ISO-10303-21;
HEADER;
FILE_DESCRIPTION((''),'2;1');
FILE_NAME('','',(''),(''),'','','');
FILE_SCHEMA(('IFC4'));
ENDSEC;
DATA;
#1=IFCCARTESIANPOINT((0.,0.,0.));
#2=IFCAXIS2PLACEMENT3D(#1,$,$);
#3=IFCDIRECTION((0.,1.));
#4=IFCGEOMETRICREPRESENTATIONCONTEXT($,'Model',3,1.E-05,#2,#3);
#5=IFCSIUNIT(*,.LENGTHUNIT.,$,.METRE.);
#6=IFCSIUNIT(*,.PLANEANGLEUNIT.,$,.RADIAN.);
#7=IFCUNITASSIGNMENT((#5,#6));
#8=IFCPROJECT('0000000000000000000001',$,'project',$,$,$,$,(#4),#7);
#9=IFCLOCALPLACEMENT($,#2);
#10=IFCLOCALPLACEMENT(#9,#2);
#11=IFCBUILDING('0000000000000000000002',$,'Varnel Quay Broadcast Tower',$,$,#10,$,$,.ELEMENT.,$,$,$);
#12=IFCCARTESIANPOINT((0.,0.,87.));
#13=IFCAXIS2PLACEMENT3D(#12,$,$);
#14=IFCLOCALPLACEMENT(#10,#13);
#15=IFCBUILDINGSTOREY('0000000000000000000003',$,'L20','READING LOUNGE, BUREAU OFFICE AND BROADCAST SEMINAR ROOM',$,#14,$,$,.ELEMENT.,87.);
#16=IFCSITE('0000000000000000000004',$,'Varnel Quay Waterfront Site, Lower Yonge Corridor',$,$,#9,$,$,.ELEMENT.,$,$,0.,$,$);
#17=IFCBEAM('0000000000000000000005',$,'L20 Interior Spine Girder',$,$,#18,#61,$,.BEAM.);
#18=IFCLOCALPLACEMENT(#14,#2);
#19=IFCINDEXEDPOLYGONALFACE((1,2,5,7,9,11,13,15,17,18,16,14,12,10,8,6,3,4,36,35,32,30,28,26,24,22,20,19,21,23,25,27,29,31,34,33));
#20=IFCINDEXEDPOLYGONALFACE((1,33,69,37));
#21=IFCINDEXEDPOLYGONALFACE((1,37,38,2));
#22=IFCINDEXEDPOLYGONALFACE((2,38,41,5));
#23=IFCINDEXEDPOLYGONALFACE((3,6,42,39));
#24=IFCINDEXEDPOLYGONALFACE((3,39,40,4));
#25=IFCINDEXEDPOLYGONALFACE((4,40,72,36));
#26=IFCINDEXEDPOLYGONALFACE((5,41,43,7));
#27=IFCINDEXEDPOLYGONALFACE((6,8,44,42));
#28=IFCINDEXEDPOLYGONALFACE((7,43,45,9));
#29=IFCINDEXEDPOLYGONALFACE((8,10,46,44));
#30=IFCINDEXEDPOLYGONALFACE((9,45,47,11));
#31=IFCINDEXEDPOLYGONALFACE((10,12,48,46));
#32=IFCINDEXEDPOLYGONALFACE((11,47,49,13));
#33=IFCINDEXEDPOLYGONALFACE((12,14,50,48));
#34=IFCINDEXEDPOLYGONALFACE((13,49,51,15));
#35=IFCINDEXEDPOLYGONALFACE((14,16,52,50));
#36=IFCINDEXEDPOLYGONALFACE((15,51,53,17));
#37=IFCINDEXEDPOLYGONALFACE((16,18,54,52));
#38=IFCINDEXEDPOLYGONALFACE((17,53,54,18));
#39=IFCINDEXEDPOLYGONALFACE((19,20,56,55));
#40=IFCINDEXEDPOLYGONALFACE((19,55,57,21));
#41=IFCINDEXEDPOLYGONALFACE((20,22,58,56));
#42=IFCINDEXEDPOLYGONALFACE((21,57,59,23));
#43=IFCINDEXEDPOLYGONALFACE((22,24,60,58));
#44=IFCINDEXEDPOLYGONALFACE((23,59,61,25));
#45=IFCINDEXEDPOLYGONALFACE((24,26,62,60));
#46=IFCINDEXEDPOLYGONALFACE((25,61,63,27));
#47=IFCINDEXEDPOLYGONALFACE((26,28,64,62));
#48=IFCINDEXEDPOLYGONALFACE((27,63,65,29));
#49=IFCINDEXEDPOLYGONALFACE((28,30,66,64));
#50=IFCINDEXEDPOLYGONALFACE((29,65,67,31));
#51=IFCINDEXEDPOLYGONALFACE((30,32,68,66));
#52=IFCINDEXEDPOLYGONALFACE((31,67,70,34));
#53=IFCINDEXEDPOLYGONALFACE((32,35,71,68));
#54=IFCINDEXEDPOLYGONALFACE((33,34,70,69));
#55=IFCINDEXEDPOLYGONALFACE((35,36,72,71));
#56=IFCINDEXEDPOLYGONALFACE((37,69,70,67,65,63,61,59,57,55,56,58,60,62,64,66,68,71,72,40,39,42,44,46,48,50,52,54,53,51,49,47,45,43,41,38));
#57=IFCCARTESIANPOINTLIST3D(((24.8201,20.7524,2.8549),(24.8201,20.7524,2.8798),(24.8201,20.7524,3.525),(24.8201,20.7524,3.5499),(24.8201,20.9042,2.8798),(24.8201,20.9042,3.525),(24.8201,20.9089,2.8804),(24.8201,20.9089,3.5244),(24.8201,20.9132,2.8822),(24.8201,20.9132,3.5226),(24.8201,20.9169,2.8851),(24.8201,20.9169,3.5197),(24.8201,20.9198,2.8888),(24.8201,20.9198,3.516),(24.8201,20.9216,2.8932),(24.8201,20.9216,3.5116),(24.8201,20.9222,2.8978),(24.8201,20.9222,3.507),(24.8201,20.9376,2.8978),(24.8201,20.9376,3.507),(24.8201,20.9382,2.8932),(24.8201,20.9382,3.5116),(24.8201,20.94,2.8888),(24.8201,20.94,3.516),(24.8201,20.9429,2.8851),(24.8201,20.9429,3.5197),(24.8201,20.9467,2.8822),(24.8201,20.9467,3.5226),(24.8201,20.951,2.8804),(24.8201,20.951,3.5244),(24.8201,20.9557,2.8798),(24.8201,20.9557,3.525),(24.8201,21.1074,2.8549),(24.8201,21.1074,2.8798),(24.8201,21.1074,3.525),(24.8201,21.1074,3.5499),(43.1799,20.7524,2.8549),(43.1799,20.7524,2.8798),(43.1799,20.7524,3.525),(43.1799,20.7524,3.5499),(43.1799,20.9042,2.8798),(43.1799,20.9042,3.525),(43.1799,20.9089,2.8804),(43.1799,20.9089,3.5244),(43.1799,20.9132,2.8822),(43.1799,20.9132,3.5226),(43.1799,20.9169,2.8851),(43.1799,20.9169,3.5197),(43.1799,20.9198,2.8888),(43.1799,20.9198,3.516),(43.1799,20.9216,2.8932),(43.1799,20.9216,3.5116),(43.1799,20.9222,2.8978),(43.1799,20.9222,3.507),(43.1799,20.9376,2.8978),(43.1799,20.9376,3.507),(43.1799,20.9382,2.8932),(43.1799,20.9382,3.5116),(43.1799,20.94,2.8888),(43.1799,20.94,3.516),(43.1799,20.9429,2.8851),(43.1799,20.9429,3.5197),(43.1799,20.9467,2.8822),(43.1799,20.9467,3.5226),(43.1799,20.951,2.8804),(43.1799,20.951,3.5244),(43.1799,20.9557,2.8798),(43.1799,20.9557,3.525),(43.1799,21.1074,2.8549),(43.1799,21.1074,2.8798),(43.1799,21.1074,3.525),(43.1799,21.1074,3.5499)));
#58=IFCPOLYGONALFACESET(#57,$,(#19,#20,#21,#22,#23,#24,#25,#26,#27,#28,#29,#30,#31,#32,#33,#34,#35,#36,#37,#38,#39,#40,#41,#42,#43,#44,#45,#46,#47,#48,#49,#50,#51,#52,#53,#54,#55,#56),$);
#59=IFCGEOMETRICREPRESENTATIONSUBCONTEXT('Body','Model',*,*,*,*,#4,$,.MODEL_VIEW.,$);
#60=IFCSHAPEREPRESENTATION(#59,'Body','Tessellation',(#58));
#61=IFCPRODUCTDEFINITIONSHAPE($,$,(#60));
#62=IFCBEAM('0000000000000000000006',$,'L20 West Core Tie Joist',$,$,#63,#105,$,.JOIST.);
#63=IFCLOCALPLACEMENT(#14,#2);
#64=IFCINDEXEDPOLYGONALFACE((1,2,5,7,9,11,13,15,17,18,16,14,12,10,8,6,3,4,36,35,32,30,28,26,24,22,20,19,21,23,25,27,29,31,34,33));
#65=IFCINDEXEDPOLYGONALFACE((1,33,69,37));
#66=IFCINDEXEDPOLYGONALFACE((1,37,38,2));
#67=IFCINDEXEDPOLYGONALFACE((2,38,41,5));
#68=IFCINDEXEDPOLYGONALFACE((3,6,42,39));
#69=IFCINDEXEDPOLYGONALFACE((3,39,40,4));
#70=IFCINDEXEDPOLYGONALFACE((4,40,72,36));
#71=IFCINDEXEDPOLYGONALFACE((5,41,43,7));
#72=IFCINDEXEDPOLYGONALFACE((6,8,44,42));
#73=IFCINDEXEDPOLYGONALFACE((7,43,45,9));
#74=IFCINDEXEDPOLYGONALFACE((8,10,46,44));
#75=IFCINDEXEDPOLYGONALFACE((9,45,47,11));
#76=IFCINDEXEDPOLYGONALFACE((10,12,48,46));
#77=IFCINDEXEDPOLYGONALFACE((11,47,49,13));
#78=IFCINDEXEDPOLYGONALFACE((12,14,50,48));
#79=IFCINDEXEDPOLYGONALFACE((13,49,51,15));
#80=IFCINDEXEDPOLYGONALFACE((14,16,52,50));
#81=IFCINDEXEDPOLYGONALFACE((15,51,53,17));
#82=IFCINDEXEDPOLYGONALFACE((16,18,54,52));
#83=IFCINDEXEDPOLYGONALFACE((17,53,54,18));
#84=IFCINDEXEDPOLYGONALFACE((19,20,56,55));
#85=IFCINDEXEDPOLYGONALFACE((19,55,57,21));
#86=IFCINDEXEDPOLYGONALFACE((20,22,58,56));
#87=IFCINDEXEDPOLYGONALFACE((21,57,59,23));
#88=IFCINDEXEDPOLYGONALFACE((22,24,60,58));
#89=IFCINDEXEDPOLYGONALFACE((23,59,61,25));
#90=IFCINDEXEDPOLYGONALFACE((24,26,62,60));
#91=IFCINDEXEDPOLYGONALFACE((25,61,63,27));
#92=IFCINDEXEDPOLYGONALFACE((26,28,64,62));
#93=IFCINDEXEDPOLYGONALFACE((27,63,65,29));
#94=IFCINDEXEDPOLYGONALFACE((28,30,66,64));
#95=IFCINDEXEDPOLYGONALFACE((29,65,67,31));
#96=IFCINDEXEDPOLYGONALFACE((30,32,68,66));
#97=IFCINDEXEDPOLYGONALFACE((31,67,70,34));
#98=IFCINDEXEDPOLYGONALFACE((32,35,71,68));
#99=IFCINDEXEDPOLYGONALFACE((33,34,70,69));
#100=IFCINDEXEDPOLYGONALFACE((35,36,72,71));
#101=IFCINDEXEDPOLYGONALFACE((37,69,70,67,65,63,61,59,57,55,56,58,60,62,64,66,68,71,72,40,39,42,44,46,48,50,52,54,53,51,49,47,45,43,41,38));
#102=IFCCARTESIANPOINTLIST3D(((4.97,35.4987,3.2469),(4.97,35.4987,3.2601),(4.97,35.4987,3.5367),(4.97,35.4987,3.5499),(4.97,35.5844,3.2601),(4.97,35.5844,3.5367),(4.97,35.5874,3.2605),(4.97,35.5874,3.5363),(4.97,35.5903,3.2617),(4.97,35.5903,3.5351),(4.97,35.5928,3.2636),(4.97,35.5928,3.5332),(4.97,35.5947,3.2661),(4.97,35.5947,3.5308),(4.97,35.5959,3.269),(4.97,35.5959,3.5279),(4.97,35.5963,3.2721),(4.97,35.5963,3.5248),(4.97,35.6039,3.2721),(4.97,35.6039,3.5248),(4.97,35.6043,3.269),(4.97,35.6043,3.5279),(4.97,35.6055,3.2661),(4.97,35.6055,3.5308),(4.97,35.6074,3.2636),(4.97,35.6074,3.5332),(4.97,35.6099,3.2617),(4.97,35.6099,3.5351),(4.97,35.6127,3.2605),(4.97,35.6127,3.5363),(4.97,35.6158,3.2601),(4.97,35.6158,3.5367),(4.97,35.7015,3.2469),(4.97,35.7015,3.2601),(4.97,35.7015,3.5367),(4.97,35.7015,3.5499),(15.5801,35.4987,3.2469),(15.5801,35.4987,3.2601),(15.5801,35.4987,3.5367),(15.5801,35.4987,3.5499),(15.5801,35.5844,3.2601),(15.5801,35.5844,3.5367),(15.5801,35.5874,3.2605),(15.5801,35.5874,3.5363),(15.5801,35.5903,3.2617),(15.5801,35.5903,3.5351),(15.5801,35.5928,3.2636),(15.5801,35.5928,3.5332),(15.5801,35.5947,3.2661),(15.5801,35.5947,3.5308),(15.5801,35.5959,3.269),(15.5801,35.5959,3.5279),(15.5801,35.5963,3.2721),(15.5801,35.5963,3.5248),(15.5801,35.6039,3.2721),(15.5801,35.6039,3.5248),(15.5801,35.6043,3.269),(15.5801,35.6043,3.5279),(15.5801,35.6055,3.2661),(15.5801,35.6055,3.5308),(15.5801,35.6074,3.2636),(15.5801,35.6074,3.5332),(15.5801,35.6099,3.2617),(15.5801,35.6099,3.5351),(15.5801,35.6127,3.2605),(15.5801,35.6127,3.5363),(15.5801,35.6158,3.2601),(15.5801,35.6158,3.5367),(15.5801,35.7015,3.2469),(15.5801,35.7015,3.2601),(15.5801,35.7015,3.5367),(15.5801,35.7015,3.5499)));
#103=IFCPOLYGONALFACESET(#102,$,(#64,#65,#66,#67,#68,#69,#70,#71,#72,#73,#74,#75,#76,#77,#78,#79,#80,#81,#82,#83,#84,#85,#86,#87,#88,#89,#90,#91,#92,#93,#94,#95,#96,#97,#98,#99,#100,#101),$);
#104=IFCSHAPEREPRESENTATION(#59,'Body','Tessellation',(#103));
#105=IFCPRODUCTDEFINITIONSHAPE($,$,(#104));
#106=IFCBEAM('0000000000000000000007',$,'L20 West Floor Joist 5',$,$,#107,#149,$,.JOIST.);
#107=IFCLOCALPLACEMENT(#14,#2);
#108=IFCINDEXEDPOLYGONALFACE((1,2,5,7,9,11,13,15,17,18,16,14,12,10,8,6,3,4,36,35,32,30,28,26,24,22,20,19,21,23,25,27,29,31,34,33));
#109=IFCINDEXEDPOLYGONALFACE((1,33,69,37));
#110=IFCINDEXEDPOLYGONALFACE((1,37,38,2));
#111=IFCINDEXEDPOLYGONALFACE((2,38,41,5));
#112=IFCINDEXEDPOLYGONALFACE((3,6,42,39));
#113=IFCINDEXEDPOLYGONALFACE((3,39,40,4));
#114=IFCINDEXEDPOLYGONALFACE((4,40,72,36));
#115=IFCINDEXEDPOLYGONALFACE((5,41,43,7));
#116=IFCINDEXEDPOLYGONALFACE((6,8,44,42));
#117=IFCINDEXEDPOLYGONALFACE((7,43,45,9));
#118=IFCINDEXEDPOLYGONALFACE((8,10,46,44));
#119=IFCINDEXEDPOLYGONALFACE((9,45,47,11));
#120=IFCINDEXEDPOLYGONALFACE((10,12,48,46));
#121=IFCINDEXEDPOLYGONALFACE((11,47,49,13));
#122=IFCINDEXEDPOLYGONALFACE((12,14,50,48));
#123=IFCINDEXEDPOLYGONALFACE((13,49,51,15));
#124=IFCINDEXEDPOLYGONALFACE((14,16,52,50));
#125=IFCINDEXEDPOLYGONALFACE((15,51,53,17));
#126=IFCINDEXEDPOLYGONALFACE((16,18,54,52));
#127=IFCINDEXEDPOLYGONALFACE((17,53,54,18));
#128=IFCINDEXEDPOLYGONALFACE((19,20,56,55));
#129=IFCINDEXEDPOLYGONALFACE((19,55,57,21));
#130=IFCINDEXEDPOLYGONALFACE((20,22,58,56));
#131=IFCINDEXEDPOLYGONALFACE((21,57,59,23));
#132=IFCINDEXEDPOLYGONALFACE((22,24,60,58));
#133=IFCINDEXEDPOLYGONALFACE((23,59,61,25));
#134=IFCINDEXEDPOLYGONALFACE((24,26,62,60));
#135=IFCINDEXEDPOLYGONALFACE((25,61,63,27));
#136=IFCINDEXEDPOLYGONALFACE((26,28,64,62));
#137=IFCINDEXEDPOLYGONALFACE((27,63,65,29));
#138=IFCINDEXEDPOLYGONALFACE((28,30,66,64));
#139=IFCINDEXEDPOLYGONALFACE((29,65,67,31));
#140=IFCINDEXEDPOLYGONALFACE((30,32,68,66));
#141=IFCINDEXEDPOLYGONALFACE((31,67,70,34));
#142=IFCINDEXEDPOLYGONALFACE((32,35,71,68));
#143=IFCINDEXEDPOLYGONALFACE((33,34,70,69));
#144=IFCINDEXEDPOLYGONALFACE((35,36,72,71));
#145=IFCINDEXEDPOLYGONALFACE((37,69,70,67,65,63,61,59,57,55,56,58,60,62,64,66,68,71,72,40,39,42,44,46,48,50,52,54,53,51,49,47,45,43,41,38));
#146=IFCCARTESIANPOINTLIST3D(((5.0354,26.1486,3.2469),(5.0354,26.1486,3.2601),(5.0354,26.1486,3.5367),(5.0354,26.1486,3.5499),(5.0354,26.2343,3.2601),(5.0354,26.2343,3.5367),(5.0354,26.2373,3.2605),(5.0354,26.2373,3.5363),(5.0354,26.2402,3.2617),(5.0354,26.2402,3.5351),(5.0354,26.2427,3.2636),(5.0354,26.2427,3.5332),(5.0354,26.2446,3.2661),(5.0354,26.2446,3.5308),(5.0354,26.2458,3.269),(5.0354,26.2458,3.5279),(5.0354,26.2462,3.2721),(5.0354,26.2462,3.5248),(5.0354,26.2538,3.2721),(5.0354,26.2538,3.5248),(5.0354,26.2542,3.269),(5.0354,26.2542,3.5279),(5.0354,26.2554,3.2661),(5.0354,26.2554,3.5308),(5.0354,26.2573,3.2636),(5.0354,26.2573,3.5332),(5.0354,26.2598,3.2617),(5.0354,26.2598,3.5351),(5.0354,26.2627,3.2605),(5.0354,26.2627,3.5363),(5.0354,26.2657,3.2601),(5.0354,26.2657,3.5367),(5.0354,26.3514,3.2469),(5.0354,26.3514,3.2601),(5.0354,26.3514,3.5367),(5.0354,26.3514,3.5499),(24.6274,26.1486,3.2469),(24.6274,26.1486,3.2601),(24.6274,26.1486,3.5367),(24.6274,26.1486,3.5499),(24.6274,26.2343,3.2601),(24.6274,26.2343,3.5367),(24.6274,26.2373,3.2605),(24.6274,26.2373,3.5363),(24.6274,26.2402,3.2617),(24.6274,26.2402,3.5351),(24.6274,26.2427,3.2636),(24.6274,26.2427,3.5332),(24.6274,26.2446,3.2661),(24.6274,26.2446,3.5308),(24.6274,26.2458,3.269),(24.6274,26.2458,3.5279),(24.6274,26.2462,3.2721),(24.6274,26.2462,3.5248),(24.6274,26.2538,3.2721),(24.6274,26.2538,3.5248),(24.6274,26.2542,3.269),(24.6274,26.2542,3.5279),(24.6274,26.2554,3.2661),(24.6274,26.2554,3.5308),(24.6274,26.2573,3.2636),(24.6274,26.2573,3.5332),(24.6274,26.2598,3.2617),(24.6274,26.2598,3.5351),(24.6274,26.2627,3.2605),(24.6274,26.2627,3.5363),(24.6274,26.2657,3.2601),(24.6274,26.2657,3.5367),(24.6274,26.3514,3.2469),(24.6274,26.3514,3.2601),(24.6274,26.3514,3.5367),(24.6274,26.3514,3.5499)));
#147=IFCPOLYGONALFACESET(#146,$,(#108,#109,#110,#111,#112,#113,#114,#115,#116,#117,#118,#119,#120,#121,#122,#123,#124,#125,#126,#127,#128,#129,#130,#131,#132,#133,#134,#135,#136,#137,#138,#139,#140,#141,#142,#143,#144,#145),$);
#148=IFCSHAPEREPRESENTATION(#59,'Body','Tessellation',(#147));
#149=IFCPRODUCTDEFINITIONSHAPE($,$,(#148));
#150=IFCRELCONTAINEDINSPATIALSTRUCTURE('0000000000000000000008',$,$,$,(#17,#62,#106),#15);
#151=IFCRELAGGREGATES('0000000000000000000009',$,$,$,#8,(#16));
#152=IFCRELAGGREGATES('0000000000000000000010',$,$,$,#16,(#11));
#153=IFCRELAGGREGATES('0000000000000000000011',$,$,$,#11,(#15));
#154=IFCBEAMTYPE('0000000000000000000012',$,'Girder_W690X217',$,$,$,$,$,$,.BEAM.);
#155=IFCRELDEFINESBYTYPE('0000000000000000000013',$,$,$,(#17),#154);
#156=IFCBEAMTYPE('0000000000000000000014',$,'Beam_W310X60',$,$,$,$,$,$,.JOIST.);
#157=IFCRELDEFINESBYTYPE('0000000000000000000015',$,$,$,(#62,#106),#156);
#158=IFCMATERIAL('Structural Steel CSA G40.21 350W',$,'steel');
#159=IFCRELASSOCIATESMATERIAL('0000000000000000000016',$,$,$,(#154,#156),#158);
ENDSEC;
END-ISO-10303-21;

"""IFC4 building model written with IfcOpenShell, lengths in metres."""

from ifc_helpers import new_model, si_unit, direction, frame, origin, origin_2d, place, context, subcontext, project, spatial, i_section, extrude, source, transform, mapped, material, material_profile, profile_set, type_object, element, save


model = new_model("IFC4")

# Units and contexts
model_context = context("Model", 3, precision=1e-05, world=origin(), true_north=direction((0.0, 1.0)))
body_context = subcontext(model_context, "Body", "Model", "MODEL_VIEW")
ifc_project = project(units=[si_unit("LENGTHUNIT", "METRE"), si_unit("PLANEANGLEUNIT", "RADIAN")], contexts=[model_context])

# Site, building, storey
site_placement = place(None, origin())
site = spatial("IfcSite", under=ifc_project, at=site_placement, Name="Varnel Quay Waterfront Site, Lower Yonge Corridor", CompositionType="ELEMENT", RefElevation=0.0)
building_placement = place(site_placement, origin())
building = spatial("IfcBuilding", under=site, at=building_placement, Name="Varnel Quay Broadcast Tower", CompositionType="ELEMENT")
storey_placement = place(building_placement, frame((0.0, 0.0, 87.0)))
storey = spatial("IfcBuildingStorey", under=building, at=storey_placement, Name="L20", Description="READING LOUNGE, BUREAU OFFICE AND BROADCAST SEMINAR ROOM", CompositionType="ELEMENT", Elevation=87.0)

# Shared definitions
ifc_material_1 = material(Name="Structural Steel CSA G40.21 350W", Category="steel")

# Beams
ifc_material_profile_1 = material_profile(ifc_material_1, i_section(OverallWidth=0.355, OverallDepth=0.6951, WebThickness=0.0154, FlangeThickness=0.0249, FilletRadius=0.0181, at=origin_2d()), Name="W690X217")
ifc_profile_set_1 = profile_set([ifc_material_profile_1], Name="Structural Steel CSA G40.21 350W")
beam_type_1 = type_object("IfcBeamType", Name="Girder_W690X217", PredefinedType="BEAM", material=ifc_profile_set_1)
shared_shape_1 = source(origin(), body_context, "Body", "SweptSolid", [
    extrude(i_section(OverallWidth=0.355, OverallDepth=0.6951, WebThickness=0.0154, FlangeThickness=0.0249, FilletRadius=0.0181, at=origin_2d()), origin(), (0.0, 0.0, 1.0), 18.3599),
])
beam_1_placement = place(storey_placement, frame((24.8201, 20.9299, 3.2024), z_axis=(1.0, 0.0, 0.0), x_axis=(0.0, 1.0, 0.0)))
element("IfcBeam", 1, at=beam_1_placement, inside=storey, type_object=beam_type_1, Name="L20 Interior Spine Girder", PredefinedType="BEAM", context=body_context, shape_type="MappedRepresentation", body=[
    mapped(shared_shape_1, transform((0.0, 0.0, 0.0), x_axis=(1.0, 0.0, 0.0), y_axis=(0.0, 1.0, 0.0), z_axis=(0.0, 0.0, 1.0), scale=1.0)),
])
ifc_material_profile_2 = material_profile(ifc_material_1, i_section(OverallWidth=0.2029, OverallDepth=0.303, WebThickness=0.0076, FlangeThickness=0.0132, FilletRadius=0.012, at=origin_2d()), Name="W310X60")
ifc_profile_set_2 = profile_set([ifc_material_profile_2], Name="Structural Steel CSA G40.21 350W")
beam_type_2 = type_object("IfcBeamType", Name="Beam_W310X60", PredefinedType="JOIST", material=ifc_profile_set_2)
shared_shape_2 = source(origin(), body_context, "Body", "SweptSolid", [
    extrude(i_section(OverallWidth=0.2029, OverallDepth=0.303, WebThickness=0.0076, FlangeThickness=0.0132, FilletRadius=0.012, at=origin_2d()), origin(), (0.0, 0.0, 1.0), 10.6101),
])
beam_2_placement = place(storey_placement, frame((4.97, 35.6001, 3.3984), z_axis=(1.0, 0.0, 0.0), x_axis=(0.0, 1.0, 0.0)))
element("IfcBeam", 2, at=beam_2_placement, inside=storey, type_object=beam_type_2, Name="L20 West Core Tie Joist", PredefinedType="JOIST", context=body_context, shape_type="MappedRepresentation", body=[
    mapped(shared_shape_2, transform((0.0, 0.0, 0.0), x_axis=(1.0, 0.0, 0.0), y_axis=(0.0, 1.0, 0.0), z_axis=(0.0, 0.0, 1.0), scale=1.0)),
])
shared_shape_3 = source(origin(), body_context, "Body", "SweptSolid", [
    extrude(i_section(OverallWidth=0.2029, OverallDepth=0.303, WebThickness=0.0076, FlangeThickness=0.0132, FilletRadius=0.012, at=origin_2d()), origin(), (0.0, 0.0, 1.0), 19.592),
])
beam_3_placement = place(storey_placement, frame((5.0354, 26.25, 3.3984), z_axis=(1.0, 0.0, 0.0), x_axis=(0.0, 1.0, 0.0)))
element("IfcBeam", 3, at=beam_3_placement, inside=storey, type_object=beam_type_2, Name="L20 West Floor Joist 5", PredefinedType="JOIST", context=body_context, shape_type="MappedRepresentation", body=[
    mapped(shared_shape_3, transform((0.0, 0.0, 0.0), x_axis=(1.0, 0.0, 0.0), y_axis=(0.0, 1.0, 0.0), z_axis=(0.0, 0.0, 1.0), scale=1.0)),
])

save(model, "model.ifc")
